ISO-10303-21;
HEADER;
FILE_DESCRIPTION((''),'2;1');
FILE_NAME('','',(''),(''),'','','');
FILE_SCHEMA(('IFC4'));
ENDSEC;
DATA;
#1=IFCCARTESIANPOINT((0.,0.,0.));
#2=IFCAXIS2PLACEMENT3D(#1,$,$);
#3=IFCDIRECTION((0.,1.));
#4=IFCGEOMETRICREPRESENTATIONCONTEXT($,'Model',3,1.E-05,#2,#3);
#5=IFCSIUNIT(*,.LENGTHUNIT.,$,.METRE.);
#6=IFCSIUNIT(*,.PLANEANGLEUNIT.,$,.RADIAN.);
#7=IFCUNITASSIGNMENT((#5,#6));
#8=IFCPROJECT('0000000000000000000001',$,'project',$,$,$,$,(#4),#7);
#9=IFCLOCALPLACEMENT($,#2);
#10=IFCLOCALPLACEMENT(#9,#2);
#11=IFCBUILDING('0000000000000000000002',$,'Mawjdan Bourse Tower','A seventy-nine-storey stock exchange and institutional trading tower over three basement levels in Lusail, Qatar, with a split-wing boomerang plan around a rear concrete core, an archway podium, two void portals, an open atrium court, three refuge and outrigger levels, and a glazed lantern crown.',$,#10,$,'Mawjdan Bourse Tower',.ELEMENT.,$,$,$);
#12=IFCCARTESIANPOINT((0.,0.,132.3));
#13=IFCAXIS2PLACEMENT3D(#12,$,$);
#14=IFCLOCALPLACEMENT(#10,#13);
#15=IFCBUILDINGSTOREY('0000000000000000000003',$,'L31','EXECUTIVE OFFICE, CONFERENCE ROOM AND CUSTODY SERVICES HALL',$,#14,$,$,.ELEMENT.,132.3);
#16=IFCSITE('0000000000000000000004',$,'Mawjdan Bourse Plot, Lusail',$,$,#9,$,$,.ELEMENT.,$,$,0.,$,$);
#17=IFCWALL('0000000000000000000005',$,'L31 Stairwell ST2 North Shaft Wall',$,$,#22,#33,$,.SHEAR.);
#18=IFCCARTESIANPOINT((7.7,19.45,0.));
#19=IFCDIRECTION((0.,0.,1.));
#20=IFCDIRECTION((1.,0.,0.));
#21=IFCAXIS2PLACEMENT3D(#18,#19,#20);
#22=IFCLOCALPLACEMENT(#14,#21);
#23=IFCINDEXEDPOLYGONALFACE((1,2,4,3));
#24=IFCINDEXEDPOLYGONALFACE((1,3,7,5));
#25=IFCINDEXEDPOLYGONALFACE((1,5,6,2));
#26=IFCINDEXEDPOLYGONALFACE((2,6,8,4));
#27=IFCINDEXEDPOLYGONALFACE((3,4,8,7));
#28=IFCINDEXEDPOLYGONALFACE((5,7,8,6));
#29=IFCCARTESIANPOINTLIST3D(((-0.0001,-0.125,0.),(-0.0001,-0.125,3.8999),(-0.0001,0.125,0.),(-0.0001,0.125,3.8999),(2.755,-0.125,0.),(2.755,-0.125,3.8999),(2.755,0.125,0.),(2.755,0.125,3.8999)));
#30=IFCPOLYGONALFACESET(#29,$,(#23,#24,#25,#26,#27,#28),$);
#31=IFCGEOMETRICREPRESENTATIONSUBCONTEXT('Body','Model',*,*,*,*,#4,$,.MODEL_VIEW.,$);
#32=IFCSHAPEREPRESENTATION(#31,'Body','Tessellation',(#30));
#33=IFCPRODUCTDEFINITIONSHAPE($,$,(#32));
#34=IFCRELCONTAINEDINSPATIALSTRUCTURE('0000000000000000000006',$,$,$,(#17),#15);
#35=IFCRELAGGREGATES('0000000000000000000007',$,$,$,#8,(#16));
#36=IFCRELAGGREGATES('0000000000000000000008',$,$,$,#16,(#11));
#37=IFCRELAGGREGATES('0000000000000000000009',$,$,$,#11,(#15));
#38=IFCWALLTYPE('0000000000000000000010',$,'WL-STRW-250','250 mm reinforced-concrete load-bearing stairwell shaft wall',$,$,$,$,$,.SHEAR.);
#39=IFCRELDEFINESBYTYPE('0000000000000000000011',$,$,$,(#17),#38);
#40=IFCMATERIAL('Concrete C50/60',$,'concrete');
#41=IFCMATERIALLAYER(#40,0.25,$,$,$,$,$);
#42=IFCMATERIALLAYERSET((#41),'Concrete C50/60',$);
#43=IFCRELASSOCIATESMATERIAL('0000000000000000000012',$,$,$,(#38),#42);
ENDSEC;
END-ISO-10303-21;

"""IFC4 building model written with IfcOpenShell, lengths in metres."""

from ifc_helpers import new_model, si_unit, direction, frame, frame_2d, origin, place, context, subcontext, project, spatial, rectangle, extrude, material, layer, layer_set, type_object, element, save


model = new_model("IFC4")

# Units and contexts
model_context = context("Model", 3, precision=1e-05, world=origin(), true_north=direction((0.0, 1.0)))
body_context = subcontext(model_context, "Body", "Model", "MODEL_VIEW")
ifc_project = project(units=[si_unit("LENGTHUNIT", "METRE"), si_unit("PLANEANGLEUNIT", "RADIAN")], contexts=[model_context])

# Site, building, storey
site_placement = place(None, origin())
site = spatial("IfcSite", under=ifc_project, at=site_placement, Name="Mawjdan Bourse Plot, Lusail", CompositionType="ELEMENT", RefElevation=0.0)
building_placement = place(site_placement, origin())
building = spatial("IfcBuilding", under=site, at=building_placement, Name="Mawjdan Bourse Tower", Description="A seventy-nine-storey stock exchange and institutional trading tower over three basement levels in Lusail, Qatar, with a split-wing boomerang plan around a rear concrete core, an archway podium, two void portals, an open atrium court, three refuge and outrigger levels, and a glazed lantern crown.", LongName="Mawjdan Bourse Tower", CompositionType="ELEMENT")
storey_placement = place(building_placement, frame((0.0, 0.0, 132.3)))
storey = spatial("IfcBuildingStorey", under=building, at=storey_placement, Name="L31", Description="EXECUTIVE OFFICE, CONFERENCE ROOM AND CUSTODY SERVICES HALL", CompositionType="ELEMENT", Elevation=132.3)

# Wall
ifc_material_1 = material(Name="Concrete C50/60", Category="concrete")
ifc_layer_1 = layer(ifc_material_1, 0.25)
ifc_layer_set_1 = layer_set([ifc_layer_1], Name="Concrete C50/60")
wall_type_1 = type_object("IfcWallType", Name="WL-STRW-250", Description="250 mm reinforced-concrete load-bearing stairwell shaft wall", PredefinedType="SHEAR", material=ifc_layer_set_1)
wall_1_placement = place(storey_placement, frame((7.7, 19.45, 0.0), z_axis=(0.0, 0.0, 1.0), x_axis=(1.0, 0.0, 0.0)))
element("IfcWall", 1, at=wall_1_placement, inside=storey, type_object=wall_type_1, Name="L31 Stairwell ST2 North Shaft Wall", PredefinedType="SHEAR", context=body_context, shape_type="SweptSolid", body=[
    extrude(rectangle(XDim=2.7551, YDim=0.25, at=frame_2d((1.3774, 0.0))), origin(), (0.0, 0.0, 1.0), 3.8999),
])

save(model, "model.ifc")
